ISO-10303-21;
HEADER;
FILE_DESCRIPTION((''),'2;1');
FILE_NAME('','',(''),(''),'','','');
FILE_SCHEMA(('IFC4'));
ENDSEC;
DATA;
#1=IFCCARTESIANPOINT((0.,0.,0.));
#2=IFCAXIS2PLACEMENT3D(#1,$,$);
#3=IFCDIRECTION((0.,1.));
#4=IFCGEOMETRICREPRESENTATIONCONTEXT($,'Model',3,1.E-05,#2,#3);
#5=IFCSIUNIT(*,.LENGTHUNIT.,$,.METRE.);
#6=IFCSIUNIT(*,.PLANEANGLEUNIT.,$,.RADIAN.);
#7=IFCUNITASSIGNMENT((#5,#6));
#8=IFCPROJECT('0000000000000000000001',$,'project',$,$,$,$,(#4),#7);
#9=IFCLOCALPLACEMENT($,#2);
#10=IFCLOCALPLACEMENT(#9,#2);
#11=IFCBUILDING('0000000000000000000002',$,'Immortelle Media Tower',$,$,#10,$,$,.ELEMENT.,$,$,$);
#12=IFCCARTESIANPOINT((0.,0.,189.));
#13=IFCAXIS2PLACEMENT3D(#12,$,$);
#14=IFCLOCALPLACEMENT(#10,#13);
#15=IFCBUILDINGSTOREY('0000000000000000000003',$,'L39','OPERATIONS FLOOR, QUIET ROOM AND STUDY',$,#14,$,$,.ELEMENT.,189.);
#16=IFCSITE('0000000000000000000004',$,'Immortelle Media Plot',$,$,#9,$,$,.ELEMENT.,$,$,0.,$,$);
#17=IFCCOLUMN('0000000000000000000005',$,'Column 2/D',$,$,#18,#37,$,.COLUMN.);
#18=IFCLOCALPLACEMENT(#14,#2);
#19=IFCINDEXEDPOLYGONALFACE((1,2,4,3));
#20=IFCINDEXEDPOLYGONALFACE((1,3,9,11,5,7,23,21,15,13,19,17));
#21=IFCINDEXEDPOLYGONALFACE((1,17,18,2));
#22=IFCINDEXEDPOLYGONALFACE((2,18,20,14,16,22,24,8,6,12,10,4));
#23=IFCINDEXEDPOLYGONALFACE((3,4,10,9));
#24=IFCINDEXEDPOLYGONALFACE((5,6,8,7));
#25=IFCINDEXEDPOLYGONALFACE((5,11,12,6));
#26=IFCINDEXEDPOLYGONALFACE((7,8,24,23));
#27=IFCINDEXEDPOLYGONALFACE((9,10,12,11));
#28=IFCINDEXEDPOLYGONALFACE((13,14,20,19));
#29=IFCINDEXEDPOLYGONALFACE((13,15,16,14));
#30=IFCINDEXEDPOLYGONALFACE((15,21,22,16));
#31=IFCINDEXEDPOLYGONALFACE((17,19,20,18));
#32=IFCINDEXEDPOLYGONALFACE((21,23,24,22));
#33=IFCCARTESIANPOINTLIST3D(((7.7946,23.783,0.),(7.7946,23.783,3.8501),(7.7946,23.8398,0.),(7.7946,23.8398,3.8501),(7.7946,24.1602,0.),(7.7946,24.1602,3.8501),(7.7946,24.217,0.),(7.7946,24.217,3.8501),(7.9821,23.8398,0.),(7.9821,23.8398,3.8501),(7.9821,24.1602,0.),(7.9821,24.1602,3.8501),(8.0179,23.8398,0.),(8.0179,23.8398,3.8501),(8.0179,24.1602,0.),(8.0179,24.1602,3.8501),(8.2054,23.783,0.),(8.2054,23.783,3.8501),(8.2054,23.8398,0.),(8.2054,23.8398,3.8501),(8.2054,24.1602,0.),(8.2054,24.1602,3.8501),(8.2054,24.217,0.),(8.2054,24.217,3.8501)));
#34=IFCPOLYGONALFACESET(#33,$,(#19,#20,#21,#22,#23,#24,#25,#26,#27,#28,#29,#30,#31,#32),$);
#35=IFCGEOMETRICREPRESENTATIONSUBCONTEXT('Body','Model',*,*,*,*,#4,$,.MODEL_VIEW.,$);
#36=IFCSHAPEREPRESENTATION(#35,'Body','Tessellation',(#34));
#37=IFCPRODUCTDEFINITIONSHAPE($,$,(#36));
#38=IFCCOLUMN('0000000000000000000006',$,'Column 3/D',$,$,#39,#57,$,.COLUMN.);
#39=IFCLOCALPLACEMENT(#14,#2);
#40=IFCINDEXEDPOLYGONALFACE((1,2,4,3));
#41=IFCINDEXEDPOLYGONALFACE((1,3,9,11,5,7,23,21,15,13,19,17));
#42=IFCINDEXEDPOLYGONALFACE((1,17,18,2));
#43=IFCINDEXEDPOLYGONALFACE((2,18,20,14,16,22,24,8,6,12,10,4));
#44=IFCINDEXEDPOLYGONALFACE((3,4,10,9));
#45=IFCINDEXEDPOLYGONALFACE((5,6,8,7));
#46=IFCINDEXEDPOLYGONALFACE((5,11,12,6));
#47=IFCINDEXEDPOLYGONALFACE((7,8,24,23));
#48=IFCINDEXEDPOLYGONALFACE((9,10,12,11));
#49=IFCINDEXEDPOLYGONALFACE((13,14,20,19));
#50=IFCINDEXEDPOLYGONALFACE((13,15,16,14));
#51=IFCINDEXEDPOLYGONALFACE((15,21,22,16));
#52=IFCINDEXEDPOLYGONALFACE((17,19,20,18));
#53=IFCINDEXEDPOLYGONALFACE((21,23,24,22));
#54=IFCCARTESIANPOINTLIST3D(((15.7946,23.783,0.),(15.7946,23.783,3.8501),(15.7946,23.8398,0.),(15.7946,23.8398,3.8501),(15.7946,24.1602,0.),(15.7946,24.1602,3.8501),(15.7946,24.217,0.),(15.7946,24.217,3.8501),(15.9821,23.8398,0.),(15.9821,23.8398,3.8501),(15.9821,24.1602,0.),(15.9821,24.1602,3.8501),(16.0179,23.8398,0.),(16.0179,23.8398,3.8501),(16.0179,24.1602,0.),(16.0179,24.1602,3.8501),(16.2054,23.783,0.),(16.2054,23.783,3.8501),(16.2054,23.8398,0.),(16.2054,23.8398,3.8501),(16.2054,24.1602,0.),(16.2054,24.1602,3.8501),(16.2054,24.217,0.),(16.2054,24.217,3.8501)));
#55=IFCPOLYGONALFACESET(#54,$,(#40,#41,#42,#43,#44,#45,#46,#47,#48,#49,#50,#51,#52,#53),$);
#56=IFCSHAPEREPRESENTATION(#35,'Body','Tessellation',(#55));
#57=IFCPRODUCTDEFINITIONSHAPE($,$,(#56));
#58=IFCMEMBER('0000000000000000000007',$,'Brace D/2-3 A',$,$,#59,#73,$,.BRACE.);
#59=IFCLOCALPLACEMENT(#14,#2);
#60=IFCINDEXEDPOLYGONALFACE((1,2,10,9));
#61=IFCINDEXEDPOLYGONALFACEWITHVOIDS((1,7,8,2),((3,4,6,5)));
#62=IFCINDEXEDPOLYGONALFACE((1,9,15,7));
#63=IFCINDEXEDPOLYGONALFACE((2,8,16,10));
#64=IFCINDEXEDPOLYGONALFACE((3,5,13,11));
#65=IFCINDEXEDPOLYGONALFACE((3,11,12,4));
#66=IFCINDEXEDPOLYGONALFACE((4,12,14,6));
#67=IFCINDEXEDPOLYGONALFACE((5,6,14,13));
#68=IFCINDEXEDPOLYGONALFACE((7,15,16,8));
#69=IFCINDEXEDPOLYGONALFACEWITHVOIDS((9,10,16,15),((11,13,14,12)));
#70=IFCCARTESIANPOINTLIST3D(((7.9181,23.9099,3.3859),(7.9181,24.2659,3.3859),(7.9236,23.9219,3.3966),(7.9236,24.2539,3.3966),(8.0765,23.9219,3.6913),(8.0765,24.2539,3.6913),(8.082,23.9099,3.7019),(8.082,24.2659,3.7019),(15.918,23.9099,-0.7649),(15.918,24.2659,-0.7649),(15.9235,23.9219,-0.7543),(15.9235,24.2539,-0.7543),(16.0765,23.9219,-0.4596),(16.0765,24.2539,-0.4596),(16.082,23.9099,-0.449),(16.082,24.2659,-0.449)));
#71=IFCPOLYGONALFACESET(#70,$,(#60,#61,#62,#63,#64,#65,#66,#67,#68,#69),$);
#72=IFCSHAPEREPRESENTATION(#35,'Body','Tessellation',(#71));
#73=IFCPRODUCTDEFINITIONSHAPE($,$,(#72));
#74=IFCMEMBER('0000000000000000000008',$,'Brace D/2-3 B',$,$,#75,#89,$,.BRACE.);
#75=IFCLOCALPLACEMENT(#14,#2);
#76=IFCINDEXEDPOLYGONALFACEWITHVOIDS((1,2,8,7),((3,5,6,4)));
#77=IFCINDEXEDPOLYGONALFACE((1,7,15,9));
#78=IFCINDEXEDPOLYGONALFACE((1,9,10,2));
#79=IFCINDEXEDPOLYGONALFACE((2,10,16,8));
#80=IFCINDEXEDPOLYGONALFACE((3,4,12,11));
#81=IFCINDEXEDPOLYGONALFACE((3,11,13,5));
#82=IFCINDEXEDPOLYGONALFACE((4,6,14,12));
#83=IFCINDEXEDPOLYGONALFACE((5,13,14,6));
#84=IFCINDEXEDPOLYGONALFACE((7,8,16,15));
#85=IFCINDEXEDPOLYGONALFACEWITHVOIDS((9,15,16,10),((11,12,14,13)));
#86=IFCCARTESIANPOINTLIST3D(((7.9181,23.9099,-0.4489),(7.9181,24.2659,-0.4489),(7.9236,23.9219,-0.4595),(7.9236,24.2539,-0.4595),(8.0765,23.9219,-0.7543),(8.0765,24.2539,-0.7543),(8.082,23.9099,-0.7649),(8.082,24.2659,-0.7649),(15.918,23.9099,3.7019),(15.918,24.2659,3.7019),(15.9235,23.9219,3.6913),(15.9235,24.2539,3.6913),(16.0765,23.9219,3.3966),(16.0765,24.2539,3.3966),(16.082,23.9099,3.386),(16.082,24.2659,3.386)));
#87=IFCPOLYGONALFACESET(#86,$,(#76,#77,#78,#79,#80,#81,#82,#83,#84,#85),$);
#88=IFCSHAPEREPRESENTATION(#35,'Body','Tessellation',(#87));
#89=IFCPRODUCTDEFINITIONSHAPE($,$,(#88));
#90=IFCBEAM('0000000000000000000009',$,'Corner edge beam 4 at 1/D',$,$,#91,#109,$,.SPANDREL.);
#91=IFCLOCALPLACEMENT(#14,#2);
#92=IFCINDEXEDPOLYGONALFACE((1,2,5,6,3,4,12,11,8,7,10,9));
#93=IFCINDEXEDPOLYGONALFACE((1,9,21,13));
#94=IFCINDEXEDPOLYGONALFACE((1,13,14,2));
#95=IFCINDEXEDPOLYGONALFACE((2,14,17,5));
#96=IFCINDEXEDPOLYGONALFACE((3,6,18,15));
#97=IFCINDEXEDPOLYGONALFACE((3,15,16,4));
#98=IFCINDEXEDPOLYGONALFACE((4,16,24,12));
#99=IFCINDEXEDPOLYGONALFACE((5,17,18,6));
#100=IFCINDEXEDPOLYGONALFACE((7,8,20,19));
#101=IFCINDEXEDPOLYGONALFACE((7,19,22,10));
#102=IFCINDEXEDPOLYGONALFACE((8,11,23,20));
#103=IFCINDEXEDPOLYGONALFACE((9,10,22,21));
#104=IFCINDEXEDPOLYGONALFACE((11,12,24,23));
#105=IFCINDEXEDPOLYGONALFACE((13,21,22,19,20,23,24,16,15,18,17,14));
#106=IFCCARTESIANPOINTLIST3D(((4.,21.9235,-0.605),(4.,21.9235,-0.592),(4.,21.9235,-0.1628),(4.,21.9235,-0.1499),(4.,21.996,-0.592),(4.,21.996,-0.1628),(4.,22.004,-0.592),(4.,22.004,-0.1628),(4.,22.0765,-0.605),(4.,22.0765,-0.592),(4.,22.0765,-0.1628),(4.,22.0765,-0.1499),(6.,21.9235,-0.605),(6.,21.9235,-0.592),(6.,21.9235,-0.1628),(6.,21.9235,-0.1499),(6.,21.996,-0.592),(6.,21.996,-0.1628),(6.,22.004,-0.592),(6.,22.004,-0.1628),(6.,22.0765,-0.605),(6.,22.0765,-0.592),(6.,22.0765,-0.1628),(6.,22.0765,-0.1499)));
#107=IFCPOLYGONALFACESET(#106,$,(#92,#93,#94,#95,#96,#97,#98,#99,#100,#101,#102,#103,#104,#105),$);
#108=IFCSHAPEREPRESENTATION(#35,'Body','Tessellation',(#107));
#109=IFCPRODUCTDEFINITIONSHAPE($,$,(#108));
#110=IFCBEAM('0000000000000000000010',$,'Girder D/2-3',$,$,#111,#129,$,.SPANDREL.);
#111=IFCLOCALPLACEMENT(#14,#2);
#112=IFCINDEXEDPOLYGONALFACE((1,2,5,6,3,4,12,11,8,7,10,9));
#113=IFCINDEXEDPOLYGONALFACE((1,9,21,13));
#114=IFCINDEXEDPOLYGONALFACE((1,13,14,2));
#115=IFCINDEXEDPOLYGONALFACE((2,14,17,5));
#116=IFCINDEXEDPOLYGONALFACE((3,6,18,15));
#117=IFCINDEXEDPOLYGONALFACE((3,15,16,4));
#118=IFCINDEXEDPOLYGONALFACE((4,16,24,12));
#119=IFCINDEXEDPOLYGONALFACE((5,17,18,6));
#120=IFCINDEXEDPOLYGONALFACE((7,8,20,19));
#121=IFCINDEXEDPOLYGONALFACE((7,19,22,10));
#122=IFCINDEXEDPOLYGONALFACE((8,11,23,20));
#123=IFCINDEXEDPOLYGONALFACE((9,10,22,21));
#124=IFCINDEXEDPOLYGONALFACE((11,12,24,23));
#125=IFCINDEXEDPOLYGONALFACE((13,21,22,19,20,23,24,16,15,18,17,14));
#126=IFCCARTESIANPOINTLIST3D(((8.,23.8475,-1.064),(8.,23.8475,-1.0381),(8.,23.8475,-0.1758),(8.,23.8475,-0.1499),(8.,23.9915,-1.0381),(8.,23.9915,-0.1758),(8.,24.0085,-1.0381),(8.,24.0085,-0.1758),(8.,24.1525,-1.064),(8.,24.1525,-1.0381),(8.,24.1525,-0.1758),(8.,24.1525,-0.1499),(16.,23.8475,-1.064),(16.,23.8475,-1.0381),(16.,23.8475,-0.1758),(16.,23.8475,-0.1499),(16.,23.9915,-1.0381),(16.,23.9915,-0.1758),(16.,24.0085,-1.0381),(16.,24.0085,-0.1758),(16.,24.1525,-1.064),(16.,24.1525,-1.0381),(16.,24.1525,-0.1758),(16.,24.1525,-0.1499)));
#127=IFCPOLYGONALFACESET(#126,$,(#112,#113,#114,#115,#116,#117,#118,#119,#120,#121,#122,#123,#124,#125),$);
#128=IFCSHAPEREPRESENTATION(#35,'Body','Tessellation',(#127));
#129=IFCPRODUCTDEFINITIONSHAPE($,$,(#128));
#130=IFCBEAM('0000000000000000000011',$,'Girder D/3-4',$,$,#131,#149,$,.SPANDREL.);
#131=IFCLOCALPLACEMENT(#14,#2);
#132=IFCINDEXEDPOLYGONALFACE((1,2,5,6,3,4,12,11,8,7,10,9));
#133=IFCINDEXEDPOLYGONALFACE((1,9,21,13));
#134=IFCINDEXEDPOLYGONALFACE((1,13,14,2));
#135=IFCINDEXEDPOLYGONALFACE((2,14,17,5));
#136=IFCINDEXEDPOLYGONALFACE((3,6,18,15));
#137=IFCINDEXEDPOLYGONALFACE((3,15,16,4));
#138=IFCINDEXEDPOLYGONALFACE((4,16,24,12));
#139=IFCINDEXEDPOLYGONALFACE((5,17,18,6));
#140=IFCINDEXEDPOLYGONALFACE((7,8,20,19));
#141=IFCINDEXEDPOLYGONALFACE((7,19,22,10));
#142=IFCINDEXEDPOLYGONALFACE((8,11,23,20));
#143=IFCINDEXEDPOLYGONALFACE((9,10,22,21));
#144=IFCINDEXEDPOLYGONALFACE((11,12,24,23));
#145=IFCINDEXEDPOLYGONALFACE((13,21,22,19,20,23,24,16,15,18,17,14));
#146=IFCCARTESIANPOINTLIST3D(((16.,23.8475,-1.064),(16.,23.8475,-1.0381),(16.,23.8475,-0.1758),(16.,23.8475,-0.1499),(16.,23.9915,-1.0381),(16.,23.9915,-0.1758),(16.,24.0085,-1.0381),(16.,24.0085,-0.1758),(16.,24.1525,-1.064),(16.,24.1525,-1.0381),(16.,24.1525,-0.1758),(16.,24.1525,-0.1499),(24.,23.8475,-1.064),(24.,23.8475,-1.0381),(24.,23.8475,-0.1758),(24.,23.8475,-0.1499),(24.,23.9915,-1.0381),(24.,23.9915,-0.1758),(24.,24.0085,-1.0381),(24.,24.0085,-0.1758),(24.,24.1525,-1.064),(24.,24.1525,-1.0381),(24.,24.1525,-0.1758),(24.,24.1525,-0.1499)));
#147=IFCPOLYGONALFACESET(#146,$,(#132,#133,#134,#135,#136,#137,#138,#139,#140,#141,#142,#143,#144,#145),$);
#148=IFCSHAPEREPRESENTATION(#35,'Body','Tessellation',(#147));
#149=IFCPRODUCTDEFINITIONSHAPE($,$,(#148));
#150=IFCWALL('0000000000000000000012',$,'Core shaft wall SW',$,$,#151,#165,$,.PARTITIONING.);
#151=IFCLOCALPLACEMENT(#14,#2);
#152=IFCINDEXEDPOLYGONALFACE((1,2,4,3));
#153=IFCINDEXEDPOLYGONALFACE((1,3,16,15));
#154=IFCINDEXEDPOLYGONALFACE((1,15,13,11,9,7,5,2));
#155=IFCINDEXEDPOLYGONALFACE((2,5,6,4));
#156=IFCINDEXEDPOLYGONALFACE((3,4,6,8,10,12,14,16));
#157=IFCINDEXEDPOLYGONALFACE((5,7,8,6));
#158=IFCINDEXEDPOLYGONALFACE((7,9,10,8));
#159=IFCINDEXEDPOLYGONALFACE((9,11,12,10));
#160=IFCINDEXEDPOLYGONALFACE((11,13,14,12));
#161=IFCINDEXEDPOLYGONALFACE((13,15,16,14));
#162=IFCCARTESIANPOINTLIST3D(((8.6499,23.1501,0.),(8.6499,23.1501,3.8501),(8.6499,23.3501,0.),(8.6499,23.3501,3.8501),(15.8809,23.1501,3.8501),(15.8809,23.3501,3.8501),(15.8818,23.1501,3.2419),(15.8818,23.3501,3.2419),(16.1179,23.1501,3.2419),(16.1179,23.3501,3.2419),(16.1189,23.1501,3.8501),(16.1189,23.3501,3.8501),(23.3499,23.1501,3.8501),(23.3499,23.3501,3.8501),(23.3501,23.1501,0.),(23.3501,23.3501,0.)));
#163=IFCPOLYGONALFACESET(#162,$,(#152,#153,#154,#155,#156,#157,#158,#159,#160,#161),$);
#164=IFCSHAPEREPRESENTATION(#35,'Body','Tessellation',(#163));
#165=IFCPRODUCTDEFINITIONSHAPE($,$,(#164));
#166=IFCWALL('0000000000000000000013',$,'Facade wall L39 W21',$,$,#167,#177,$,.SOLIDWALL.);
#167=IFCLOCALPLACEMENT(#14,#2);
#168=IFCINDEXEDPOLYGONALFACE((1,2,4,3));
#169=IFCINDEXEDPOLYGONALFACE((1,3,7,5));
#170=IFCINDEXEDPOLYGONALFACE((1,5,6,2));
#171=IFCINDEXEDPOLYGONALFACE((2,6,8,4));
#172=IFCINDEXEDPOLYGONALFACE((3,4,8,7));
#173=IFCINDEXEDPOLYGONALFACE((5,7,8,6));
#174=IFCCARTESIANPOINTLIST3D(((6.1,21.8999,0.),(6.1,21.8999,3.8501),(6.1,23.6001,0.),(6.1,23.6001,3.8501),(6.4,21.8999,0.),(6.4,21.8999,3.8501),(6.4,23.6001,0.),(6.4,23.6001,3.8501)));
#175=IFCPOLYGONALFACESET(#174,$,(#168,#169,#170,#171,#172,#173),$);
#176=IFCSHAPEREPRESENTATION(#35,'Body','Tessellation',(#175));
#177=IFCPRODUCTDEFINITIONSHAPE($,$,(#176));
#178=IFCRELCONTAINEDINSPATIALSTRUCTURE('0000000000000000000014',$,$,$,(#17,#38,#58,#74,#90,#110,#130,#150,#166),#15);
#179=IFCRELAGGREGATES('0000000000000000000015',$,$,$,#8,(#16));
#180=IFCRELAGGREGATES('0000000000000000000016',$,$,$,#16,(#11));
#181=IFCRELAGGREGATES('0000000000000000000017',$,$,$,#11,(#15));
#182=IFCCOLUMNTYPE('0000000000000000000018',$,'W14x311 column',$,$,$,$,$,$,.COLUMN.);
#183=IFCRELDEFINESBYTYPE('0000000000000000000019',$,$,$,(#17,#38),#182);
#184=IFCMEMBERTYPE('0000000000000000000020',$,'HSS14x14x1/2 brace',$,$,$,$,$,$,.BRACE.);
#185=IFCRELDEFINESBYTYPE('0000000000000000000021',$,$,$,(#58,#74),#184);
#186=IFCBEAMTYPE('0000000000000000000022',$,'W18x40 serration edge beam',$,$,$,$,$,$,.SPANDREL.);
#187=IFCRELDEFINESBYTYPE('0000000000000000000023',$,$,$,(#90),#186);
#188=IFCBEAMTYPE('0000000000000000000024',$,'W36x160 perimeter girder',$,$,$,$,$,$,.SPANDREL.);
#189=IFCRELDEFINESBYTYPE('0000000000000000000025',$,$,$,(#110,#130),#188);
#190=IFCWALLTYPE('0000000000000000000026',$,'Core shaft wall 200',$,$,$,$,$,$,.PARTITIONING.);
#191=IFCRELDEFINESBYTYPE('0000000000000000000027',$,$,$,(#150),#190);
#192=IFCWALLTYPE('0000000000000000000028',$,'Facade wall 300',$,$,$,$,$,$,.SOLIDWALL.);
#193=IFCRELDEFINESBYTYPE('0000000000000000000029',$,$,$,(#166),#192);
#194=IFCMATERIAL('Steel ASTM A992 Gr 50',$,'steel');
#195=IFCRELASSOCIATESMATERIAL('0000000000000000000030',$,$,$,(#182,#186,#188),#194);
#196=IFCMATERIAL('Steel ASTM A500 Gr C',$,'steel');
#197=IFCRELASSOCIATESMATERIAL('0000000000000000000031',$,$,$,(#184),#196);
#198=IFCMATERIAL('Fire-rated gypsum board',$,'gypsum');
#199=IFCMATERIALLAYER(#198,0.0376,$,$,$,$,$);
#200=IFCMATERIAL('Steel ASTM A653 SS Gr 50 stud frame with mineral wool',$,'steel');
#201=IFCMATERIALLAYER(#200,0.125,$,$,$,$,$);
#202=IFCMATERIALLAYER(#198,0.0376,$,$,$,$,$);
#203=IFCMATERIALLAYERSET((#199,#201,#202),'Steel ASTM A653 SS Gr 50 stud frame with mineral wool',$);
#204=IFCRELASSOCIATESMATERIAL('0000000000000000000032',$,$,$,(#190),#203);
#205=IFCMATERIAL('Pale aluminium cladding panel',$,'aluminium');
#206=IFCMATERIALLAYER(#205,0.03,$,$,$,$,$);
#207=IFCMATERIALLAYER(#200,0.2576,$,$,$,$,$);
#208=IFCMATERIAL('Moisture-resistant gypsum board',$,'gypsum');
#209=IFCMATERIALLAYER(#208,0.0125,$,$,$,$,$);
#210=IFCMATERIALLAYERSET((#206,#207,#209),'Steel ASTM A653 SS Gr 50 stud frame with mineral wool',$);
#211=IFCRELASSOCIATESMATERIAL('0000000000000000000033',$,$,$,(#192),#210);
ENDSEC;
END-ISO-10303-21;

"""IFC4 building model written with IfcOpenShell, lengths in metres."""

from ifc_helpers import new_model, si_unit, direction, frame, frame_2d, origin, origin_2d, place, context, subcontext, project, spatial, polyline, rectangle, hollow_rectangle, i_section, outline, extrude, material, layer, layer_set, material_profile, profile_set, type_object, element, save


model = new_model("IFC4")

# Units and contexts
model_context = context("Model", 3, precision=1e-05, world=origin(), true_north=direction((0.0, 1.0)))
body_context = subcontext(model_context, "Body", "Model", "MODEL_VIEW")
ifc_project = project(units=[si_unit("LENGTHUNIT", "METRE"), si_unit("PLANEANGLEUNIT", "RADIAN")], contexts=[model_context])

# Site, building, storey
site_placement = place(None, origin())
site = spatial("IfcSite", under=ifc_project, at=site_placement, Name="Immortelle Media Plot", CompositionType="ELEMENT", RefElevation=0.0)
building_placement = place(site_placement, origin())
building = spatial("IfcBuilding", under=site, at=building_placement, Name="Immortelle Media Tower", CompositionType="ELEMENT")
storey_placement = place(building_placement, frame((0.0, 0.0, 189.0)))
storey = spatial("IfcBuildingStorey", under=building, at=storey_placement, Name="L39", Description="OPERATIONS FLOOR, QUIET ROOM AND STUDY", CompositionType="ELEMENT", Elevation=189.0)

# Columns
ifc_material_1 = material(Name="Steel ASTM A992 Gr 50", Category="steel")
ifc_material_profile_1 = material_profile(ifc_material_1, i_section(OverallWidth=0.4109, OverallDepth=0.4341, WebThickness=0.0359, FlangeThickness=0.0569, at=origin_2d()), Name="W14x311")
ifc_profile_set_1 = profile_set([ifc_material_profile_1], Name="Steel ASTM A992 Gr 50")
column_type = type_object("IfcColumnType", Name="W14x311 column", PredefinedType="COLUMN", material=ifc_profile_set_1)
for number, where, z_axis, x_axis, name in (
    (1, (8.0, 24.0, 0.0), (0.0, 0.0, 1.0), (1.0, 0.0, 0.0), "Column 2/D"),
    (2, (16.0, 24.0, 0.0), (0.0, 0.0, 1.0), (1.0, 0.0, 0.0), "Column 3/D"),
):
    element("IfcColumn", number, at=place(storey_placement, frame(where, z_axis=z_axis, x_axis=x_axis)), inside=storey, type_object=column_type, Name=name, PredefinedType="COLUMN", context=body_context, shape_type="SweptSolid", body=[
        extrude(i_section(OverallWidth=0.4109, OverallDepth=0.4341, WebThickness=0.0359, FlangeThickness=0.0569, at=origin_2d()), origin(), (0.0, 0.0, 1.0), 3.8501),
    ])

# Members
ifc_material_2 = material(Name="Steel ASTM A500 Gr C", Category="steel")
ifc_material_profile_2 = material_profile(ifc_material_2, hollow_rectangle(XDim=0.356, YDim=0.356, WallThickness=0.012, at=origin_2d()), Name="HSS14x14x1/2 brace")
ifc_profile_set_2 = profile_set([ifc_material_profile_2], Name="Steel ASTM A500 Gr C")
member_type = type_object("IfcMemberType", Name="HSS14x14x1/2 brace", PredefinedType="BRACE", material=ifc_profile_set_2)
for number, where, z_axis, x_axis, name in (
    (3, (16.0, 24.0879, -0.6069), (-0.887631, 0.0, 0.460556), (0.0, -1.0, 0.0), "Brace D/2-3 A"),
    (4, (16.0, 24.0879, 3.5439), (-0.887631, 0.0, -0.460556), (0.0, -1.0, 0.0), "Brace D/2-3 B"),
):
    element("IfcMember", number, at=place(storey_placement, frame(where, z_axis=z_axis, x_axis=x_axis)), inside=storey, type_object=member_type, Name=name, PredefinedType="BRACE", context=body_context, shape_type="SweptSolid", body=[
        extrude(hollow_rectangle(XDim=0.356, YDim=0.356, WallThickness=0.012, at=origin_2d()), origin(), (0.0, 0.0, 1.0), 9.0127),
    ])

# Beams
ifc_material_profile_3 = material_profile(ifc_material_1, i_section(OverallWidth=0.1531, OverallDepth=0.4551, WebThickness=0.0081, FlangeThickness=0.0129, at=origin_2d()), Name="W18x40")
ifc_profile_set_3 = profile_set([ifc_material_profile_3], Name="Steel ASTM A992 Gr 50")
beam_type_1 = type_object("IfcBeamType", Name="W18x40 serration edge beam", PredefinedType="SPANDREL", material=ifc_profile_set_3)
beam_placement = place(storey_placement, frame((4.0, 22.0, -0.3774), z_axis=(1.0, 0.0, 0.0), x_axis=(0.0, 1.0, 0.0)))
element("IfcBeam", 5, at=beam_placement, inside=storey, type_object=beam_type_1, Name="Corner edge beam 4 at 1/D", PredefinedType="SPANDREL", context=body_context, shape_type="SweptSolid", body=[
    extrude(i_section(OverallWidth=0.1531, OverallDepth=0.4551, WebThickness=0.0081, FlangeThickness=0.0129, at=origin_2d()), origin(), (0.0, 0.0, 1.0), 2.0),
])
ifc_material_profile_4 = material_profile(ifc_material_1, i_section(OverallWidth=0.3049, OverallDepth=0.9141, WebThickness=0.0171, FlangeThickness=0.0259, at=origin_2d()), Name="W36x160")
ifc_profile_set_4 = profile_set([ifc_material_profile_4], Name="Steel ASTM A992 Gr 50")
beam_type_2 = type_object("IfcBeamType", Name="W36x160 perimeter girder", PredefinedType="SPANDREL", material=ifc_profile_set_4)
for number, where, z_axis, x_axis, name in (
    (6, (8.0, 24.0, -0.6069), (1.0, 0.0, 0.0), (0.0, 1.0, 0.0), "Girder D/2-3"),
    (7, (16.0, 24.0, -0.6069), (1.0, 0.0, 0.0), (0.0, 1.0, 0.0), "Girder D/3-4"),
):
    element("IfcBeam", number, at=place(storey_placement, frame(where, z_axis=z_axis, x_axis=x_axis)), inside=storey, type_object=beam_type_2, Name=name, PredefinedType="SPANDREL", context=body_context, shape_type="SweptSolid", body=[
        extrude(i_section(OverallWidth=0.3049, OverallDepth=0.9141, WebThickness=0.0171, FlangeThickness=0.0259, at=origin_2d()), origin(), (0.0, 0.0, 1.0), 8.0),
    ])

# Walls
ifc_material_3 = material(Name="Fire-rated gypsum board", Category="gypsum")
ifc_layer_1 = layer(ifc_material_3, 0.0376)
ifc_material_4 = material(Name="Steel ASTM A653 SS Gr 50 stud frame with mineral wool", Category="steel")
ifc_layer_2 = layer(ifc_material_4, 0.125)
ifc_layer_3 = layer(ifc_material_3, 0.0376)
ifc_layer_set_1 = layer_set([ifc_layer_1, ifc_layer_2, ifc_layer_3], Name="Steel ASTM A653 SS Gr 50 stud frame with mineral wool")
wall_type_1 = type_object("IfcWallType", Name="Core shaft wall 200", PredefinedType="PARTITIONING", material=ifc_layer_set_1)
wall_1_placement = place(storey_placement, frame((8.6499, 23.25, 0.0), z_axis=(0.0, 0.0, 1.0), x_axis=(1.0, 0.0, 0.0)))
element("IfcWall", 8, at=wall_1_placement, inside=storey, type_object=wall_type_1, Name="Core shaft wall SW", PredefinedType="PARTITIONING", context=body_context, shape_type="SweptSolid", body=[
    extrude(outline(polyline([(0.0, 0.0), (14.7002, 0.0), (14.7, 3.8501), (7.469, 3.8501), (7.468, 3.2419), (7.2319, 3.2419), (7.231, 3.8501), (0.0, 3.8501), (0.0, 0.0)])), frame((0.0, 0.1001, 0.0), z_axis=(0.0, -1.0, 0.0), x_axis=(1.0, 0.0, 0.0)), (0.0, 0.0, 1.0), 0.2),
])
ifc_material_5 = material(Name="Pale aluminium cladding panel", Category="aluminium")
ifc_layer_4 = layer(ifc_material_5, 0.03)
ifc_layer_5 = layer(ifc_material_4, 0.2576)
ifc_material_6 = material(Name="Moisture-resistant gypsum board", Category="gypsum")
ifc_layer_6 = layer(ifc_material_6, 0.0125)
ifc_layer_set_2 = layer_set([ifc_layer_4, ifc_layer_5, ifc_layer_6], Name="Steel ASTM A653 SS Gr 50 stud frame with mineral wool")
wall_type_2 = type_object("IfcWallType", Name="Facade wall 300", PredefinedType="SOLIDWALL", material=ifc_layer_set_2)
wall_2_placement = place(storey_placement, frame((6.25, 23.6001, 0.0), z_axis=(0.0, 0.0, 1.0), x_axis=(0.0, -1.0, 0.0)))
element("IfcWall", 9, at=wall_2_placement, inside=storey, type_object=wall_type_2, Name="Facade wall L39 W21", PredefinedType="SOLIDWALL", context=body_context, shape_type="SweptSolid", body=[
    extrude(rectangle(XDim=1.7002, YDim=0.3, at=frame_2d((0.8501, 0.0))), origin(), (0.0, 0.0, 1.0), 3.8501),
])

save(model, "model.ifc")
